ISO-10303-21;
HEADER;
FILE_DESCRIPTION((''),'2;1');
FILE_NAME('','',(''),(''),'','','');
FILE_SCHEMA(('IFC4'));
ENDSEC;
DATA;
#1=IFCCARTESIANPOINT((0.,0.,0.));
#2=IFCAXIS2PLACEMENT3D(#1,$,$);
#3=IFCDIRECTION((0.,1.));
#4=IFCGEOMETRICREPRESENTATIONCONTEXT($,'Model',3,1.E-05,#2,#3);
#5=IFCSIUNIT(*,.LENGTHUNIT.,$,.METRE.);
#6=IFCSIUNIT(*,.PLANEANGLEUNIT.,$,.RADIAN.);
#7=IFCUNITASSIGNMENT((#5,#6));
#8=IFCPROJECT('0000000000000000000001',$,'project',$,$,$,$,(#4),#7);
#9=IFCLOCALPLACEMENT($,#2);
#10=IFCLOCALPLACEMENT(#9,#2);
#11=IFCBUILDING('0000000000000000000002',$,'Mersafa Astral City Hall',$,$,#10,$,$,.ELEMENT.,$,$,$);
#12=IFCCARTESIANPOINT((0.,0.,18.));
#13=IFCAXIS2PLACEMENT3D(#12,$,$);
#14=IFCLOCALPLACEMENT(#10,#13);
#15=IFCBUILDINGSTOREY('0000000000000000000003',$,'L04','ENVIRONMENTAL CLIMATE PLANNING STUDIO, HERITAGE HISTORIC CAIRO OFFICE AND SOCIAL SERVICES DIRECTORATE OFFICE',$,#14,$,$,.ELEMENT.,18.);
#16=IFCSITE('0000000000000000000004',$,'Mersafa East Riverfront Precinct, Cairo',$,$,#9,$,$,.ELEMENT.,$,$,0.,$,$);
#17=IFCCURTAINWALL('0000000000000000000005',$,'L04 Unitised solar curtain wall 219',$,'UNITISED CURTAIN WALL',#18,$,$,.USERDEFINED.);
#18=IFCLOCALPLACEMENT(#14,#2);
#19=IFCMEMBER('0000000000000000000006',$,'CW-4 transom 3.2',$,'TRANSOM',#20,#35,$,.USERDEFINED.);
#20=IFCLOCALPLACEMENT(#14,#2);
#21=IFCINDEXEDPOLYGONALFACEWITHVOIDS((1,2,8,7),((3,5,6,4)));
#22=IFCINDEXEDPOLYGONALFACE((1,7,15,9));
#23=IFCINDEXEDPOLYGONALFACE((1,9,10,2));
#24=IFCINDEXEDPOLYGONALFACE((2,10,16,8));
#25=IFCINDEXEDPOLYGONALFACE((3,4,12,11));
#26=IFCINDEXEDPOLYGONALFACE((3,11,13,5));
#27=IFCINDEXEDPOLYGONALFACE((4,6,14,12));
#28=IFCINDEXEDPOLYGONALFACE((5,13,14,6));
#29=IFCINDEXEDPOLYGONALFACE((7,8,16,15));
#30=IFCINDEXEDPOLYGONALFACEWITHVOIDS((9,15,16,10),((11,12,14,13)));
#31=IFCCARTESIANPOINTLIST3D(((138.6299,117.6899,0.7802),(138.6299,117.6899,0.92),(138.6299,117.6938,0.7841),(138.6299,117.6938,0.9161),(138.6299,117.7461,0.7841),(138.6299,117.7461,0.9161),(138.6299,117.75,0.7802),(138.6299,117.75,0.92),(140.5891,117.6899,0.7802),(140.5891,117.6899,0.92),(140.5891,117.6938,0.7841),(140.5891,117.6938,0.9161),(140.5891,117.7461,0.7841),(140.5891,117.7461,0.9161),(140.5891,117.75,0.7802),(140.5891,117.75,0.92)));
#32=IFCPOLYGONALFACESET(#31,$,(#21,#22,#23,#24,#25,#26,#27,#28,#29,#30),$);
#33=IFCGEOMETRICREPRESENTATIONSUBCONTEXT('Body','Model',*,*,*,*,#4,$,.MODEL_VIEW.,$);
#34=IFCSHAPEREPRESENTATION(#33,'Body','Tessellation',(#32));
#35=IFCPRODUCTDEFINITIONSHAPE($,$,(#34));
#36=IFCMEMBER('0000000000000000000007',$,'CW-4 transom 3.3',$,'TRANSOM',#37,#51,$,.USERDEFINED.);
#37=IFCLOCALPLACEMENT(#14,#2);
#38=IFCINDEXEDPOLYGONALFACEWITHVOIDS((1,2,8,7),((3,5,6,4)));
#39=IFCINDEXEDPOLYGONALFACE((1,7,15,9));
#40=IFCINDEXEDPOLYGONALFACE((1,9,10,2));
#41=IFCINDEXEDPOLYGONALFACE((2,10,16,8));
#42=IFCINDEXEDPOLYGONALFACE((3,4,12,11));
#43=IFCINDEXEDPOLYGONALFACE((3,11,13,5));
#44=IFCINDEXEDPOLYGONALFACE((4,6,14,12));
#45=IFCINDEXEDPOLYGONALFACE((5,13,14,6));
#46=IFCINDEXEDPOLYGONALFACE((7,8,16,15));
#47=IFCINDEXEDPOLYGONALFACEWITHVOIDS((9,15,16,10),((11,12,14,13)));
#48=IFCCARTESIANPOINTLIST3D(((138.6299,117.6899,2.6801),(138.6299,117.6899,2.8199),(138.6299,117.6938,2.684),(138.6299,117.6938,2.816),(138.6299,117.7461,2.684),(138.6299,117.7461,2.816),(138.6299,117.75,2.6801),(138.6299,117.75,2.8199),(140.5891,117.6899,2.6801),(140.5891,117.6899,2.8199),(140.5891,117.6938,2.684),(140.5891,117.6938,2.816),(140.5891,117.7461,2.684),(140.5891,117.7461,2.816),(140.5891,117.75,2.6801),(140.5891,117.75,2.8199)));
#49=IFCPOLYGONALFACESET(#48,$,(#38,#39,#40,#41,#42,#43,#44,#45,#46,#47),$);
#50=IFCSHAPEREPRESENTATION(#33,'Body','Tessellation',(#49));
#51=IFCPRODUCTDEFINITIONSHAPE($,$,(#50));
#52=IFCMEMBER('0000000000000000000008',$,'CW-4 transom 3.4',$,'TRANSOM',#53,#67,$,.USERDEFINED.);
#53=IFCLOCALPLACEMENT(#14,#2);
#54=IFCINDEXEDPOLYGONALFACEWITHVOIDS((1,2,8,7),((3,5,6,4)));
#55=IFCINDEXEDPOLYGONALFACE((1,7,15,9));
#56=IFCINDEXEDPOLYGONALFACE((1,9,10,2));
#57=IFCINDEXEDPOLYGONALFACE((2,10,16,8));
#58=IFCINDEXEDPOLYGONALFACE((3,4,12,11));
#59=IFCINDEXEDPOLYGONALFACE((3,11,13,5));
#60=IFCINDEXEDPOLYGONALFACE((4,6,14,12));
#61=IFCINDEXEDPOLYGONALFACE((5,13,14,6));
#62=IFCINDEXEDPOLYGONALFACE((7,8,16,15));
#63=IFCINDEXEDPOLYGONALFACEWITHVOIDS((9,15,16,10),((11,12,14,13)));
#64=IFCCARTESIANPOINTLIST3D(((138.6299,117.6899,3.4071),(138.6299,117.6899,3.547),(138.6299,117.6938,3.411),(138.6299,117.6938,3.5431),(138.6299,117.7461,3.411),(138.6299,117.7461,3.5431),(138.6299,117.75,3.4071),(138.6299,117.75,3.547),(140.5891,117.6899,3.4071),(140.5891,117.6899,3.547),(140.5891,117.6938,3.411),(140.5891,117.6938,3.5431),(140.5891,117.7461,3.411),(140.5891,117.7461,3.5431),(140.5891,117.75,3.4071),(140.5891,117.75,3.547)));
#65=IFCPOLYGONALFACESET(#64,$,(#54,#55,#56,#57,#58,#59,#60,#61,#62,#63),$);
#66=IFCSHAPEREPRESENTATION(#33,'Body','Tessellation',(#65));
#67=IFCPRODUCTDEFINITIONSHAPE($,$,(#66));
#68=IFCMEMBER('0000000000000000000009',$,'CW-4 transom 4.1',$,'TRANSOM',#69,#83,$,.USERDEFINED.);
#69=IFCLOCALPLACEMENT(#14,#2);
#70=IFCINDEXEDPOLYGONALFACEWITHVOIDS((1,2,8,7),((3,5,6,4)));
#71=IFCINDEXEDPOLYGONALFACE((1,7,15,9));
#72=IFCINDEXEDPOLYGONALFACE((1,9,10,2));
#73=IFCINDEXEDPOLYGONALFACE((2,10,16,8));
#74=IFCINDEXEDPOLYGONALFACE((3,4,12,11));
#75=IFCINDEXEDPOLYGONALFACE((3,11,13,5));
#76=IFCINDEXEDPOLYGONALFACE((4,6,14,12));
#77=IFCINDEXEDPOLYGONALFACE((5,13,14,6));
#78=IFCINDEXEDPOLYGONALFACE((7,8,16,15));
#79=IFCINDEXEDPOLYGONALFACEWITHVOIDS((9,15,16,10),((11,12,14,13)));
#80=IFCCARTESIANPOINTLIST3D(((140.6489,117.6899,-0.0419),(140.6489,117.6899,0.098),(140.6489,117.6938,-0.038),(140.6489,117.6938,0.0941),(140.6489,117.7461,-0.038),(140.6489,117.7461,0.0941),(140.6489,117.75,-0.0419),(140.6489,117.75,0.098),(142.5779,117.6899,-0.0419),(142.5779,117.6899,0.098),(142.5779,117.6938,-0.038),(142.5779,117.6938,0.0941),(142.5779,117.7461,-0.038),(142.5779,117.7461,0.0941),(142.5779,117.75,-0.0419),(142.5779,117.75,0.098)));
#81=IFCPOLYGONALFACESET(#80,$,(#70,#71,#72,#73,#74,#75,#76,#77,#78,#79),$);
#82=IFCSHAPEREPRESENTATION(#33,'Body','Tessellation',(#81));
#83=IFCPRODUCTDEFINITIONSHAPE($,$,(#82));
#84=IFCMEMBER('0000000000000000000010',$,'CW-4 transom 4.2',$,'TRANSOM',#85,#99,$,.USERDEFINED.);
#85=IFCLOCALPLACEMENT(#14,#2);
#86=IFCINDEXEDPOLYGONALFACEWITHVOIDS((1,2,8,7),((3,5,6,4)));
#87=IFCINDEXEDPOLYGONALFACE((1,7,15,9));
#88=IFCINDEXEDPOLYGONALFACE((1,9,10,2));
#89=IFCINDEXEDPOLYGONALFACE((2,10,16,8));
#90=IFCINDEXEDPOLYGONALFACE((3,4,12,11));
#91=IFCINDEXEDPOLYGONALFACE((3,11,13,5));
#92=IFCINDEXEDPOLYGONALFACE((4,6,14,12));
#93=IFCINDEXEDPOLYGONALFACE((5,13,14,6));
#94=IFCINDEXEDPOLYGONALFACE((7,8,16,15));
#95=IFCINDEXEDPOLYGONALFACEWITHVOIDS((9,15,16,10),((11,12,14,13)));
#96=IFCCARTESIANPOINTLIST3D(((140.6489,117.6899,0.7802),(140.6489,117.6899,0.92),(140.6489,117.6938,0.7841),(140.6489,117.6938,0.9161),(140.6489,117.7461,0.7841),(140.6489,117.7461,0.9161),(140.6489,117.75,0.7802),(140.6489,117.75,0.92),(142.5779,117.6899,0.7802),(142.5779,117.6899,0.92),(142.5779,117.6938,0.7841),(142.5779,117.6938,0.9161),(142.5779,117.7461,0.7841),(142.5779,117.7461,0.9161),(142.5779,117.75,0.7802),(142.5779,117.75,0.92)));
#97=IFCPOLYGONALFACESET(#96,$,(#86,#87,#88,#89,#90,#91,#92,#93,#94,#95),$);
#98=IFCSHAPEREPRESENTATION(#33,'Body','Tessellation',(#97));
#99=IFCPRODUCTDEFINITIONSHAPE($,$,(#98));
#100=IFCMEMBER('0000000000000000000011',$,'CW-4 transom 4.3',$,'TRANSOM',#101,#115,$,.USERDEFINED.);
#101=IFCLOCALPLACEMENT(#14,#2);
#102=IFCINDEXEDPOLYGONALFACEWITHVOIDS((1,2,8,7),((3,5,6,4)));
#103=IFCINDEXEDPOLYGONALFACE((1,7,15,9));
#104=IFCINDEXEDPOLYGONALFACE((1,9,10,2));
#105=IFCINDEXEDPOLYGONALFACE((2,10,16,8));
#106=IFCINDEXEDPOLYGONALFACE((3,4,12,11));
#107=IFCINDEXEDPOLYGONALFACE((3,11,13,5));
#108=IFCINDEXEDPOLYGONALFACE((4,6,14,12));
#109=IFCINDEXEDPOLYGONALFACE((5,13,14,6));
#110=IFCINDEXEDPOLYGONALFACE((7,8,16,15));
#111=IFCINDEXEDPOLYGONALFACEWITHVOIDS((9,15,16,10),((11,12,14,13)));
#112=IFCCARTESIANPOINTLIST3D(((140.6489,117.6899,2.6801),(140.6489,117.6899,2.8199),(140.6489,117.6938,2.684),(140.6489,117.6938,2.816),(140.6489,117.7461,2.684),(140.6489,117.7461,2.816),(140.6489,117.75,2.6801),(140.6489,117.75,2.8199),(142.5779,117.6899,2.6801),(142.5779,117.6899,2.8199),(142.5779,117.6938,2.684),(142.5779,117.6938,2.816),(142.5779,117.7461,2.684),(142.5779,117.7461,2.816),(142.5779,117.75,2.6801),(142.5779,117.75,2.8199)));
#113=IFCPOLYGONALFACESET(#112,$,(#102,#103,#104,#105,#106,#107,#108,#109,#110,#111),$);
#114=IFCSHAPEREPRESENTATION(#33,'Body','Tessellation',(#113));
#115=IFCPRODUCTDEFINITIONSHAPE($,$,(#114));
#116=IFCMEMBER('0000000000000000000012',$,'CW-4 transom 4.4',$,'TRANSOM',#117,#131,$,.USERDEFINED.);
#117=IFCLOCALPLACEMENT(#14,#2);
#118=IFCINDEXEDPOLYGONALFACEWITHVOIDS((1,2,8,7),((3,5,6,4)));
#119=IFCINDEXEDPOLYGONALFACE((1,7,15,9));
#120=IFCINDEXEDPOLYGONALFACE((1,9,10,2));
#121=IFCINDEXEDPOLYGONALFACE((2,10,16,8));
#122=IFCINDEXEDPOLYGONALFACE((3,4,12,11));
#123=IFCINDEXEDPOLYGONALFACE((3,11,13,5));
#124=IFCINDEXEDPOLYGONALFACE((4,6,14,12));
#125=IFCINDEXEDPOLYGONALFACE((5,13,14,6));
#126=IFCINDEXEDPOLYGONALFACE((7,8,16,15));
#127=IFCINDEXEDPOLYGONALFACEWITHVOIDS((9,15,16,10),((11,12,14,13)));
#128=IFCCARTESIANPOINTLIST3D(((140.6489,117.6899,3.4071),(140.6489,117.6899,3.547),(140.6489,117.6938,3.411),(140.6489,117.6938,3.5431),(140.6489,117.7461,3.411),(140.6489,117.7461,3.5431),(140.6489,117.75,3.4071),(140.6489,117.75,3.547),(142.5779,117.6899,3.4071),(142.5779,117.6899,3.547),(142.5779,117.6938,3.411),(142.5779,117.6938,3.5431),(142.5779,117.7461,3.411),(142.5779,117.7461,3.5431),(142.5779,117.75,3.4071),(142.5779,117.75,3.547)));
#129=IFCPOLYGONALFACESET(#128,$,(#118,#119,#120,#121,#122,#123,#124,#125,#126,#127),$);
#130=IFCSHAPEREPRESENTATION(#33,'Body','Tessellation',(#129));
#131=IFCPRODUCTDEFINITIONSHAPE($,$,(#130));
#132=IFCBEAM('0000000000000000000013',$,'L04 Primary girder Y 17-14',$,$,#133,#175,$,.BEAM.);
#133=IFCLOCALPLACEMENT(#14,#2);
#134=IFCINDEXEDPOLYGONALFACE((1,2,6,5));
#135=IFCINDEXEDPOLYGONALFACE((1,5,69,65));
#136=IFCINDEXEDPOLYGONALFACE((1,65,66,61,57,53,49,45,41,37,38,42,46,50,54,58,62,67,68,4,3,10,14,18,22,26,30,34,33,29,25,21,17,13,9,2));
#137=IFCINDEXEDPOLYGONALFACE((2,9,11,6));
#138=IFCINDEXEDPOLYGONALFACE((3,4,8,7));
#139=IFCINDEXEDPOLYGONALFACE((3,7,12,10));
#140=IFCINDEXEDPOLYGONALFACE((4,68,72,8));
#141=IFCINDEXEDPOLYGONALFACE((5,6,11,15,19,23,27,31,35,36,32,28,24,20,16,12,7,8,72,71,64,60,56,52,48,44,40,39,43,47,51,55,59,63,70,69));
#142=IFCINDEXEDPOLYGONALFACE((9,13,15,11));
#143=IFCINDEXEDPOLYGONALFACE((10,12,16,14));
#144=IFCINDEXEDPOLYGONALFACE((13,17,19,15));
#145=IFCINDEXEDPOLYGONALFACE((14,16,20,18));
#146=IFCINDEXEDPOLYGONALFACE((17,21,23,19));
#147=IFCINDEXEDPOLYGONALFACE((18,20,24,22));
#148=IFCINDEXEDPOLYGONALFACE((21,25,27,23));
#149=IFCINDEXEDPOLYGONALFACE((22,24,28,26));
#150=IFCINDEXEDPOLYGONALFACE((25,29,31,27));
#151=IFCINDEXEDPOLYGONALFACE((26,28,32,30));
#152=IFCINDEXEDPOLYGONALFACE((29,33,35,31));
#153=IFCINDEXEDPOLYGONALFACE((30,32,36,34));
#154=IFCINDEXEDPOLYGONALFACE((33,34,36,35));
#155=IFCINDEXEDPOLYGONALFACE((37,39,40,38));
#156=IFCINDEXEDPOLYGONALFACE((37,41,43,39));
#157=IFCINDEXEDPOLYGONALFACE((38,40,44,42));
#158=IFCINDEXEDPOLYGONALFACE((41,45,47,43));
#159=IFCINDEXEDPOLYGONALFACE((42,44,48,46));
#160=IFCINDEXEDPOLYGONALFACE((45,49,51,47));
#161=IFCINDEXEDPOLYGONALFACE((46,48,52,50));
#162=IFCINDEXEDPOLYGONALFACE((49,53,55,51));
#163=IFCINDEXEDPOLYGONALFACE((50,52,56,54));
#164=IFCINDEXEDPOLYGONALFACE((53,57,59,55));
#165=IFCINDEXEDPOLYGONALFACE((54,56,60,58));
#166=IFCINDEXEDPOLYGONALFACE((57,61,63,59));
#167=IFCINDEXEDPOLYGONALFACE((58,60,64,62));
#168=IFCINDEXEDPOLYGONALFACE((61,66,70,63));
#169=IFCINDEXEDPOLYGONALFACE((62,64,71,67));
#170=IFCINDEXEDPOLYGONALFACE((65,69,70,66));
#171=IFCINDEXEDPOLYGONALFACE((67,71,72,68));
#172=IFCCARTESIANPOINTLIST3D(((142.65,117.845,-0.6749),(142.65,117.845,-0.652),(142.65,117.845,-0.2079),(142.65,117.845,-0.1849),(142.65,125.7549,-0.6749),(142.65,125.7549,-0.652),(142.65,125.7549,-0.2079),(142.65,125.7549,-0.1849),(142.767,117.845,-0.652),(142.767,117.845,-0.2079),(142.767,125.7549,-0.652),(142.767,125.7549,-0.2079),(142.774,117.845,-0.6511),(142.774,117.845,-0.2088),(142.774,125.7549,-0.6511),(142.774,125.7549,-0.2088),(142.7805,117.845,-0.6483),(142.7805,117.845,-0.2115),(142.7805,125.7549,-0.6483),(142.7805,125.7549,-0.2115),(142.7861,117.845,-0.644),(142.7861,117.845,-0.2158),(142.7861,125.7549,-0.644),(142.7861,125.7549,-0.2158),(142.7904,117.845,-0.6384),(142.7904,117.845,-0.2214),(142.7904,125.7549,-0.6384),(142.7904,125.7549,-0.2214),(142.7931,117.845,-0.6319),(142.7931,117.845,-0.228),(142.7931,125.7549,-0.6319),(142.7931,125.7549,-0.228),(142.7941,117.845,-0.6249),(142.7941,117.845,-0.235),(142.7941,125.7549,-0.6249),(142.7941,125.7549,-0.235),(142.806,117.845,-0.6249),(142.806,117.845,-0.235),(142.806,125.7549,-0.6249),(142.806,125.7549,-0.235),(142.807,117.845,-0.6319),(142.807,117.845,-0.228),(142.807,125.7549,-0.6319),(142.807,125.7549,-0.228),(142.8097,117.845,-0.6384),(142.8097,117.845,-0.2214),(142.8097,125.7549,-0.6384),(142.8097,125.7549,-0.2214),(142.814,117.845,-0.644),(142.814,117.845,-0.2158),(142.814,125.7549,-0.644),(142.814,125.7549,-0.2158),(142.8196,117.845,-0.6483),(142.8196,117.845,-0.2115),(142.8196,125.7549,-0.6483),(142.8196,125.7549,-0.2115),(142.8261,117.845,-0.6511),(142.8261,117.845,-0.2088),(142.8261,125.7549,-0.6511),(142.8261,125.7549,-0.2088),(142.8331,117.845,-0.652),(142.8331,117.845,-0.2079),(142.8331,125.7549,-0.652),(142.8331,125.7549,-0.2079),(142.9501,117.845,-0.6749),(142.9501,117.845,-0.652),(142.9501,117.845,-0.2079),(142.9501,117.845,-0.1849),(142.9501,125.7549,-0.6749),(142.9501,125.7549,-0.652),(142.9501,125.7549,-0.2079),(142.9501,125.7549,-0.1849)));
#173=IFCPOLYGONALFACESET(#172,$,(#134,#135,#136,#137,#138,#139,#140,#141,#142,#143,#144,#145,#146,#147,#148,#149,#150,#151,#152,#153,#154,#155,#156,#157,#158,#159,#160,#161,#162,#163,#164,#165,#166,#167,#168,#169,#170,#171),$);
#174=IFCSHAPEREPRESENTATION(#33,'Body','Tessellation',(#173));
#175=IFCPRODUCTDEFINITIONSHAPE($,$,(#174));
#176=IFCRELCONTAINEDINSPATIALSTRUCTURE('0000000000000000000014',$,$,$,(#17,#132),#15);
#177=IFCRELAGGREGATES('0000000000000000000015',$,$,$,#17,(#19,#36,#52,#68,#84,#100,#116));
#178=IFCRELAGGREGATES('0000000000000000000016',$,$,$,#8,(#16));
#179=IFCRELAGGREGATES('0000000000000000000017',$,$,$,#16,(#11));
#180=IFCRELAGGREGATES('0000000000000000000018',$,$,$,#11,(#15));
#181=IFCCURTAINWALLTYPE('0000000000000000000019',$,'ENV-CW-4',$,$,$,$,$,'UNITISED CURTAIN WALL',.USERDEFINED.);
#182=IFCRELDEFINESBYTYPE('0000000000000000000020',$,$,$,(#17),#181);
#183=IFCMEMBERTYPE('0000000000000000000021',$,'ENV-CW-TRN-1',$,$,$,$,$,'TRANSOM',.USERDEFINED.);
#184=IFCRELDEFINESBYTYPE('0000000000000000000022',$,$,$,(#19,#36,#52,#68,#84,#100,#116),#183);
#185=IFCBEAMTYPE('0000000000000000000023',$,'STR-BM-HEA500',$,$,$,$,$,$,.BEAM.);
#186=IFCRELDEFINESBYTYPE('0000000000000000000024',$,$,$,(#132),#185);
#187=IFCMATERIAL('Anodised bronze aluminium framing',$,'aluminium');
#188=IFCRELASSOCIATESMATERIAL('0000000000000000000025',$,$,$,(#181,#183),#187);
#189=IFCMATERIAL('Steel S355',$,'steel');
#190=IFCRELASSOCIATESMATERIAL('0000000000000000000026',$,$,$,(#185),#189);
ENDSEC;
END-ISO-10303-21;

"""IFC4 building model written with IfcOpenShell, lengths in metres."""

from ifc_helpers import new_model, si_unit, direction, frame, origin, origin_2d, place, context, subcontext, project, spatial, hollow_rectangle, i_section, extrude, material, material_profile, profile_set, type_object, element, aggregate, save


model = new_model("IFC4")

# Units and contexts
model_context = context("Model", 3, precision=1e-05, world=origin(), true_north=direction((0.0, 1.0)))
body_context = subcontext(model_context, "Body", "Model", "MODEL_VIEW")
ifc_project = project(units=[si_unit("LENGTHUNIT", "METRE"), si_unit("PLANEANGLEUNIT", "RADIAN")], contexts=[model_context])

# Site, building, storey
site_placement = place(None, origin())
site = spatial("IfcSite", under=ifc_project, at=site_placement, Name="Mersafa East Riverfront Precinct, Cairo", CompositionType="ELEMENT", RefElevation=0.0)
building_placement = place(site_placement, origin())
building = spatial("IfcBuilding", under=site, at=building_placement, Name="Mersafa Astral City Hall", CompositionType="ELEMENT")
storey_placement = place(building_placement, frame((0.0, 0.0, 18.0)))
storey = spatial("IfcBuildingStorey", under=building, at=storey_placement, Name="L04", Description="ENVIRONMENTAL CLIMATE PLANNING STUDIO, HERITAGE HISTORIC CAIRO OFFICE AND SOCIAL SERVICES DIRECTORATE OFFICE", CompositionType="ELEMENT", Elevation=18.0)

# Shared definitions
ifc_material_1 = material(Name="Steel S355", Category="steel")

# Curtain wall, members
ifc_material_2 = material(Name="Anodised bronze aluminium framing", Category="aluminium")
curtain_wall_type = type_object("IfcCurtainWallType", Name="ENV-CW-4", ElementType="UNITISED CURTAIN WALL", PredefinedType="USERDEFINED", material=ifc_material_2)
curtain_wall_placement = place(storey_placement, origin())
curtain_wall = element("IfcCurtainWall", 1, at=curtain_wall_placement, inside=storey, type_object=curtain_wall_type, Name="L04 Unitised solar curtain wall 219", ObjectType="UNITISED CURTAIN WALL", PredefinedType="USERDEFINED")
ifc_material_profile_1 = material_profile(ifc_material_2, hollow_rectangle(XDim=0.0601, YDim=0.1399, WallThickness=0.0039, at=origin_2d()), Name="RHS 60x140x4")
ifc_profile_set_1 = profile_set([ifc_material_profile_1], Name="Anodised bronze aluminium framing")
member_type_1 = type_object("IfcMemberType", Name="ENV-CW-TRN-1", ElementType="TRANSOM", PredefinedType="USERDEFINED", material=ifc_profile_set_1)
member_1_placement = place(storey_placement, frame((138.6299, 117.72, 0.8501), z_axis=(1.0, 0.0, 0.0), x_axis=(0.0, 1.0, 0.0)))
member_1 = element("IfcMember", 2, at=member_1_placement, type_object=member_type_1, Name="CW-4 transom 3.2", ObjectType="TRANSOM", PredefinedType="USERDEFINED", context=body_context, shape_type="SweptSolid", body=[
    extrude(hollow_rectangle(XDim=0.0601, YDim=0.1399, WallThickness=0.0039, at=origin_2d()), origin(), (0.0, 0.0, 1.0), 1.9592),
])
member_2_placement = place(storey_placement, frame((138.6299, 117.72, 2.75), z_axis=(1.0, 0.0, 0.0), x_axis=(0.0, 1.0, 0.0)))
member_2 = element("IfcMember", 3, at=member_2_placement, type_object=member_type_1, Name="CW-4 transom 3.3", ObjectType="TRANSOM", PredefinedType="USERDEFINED", context=body_context, shape_type="SweptSolid", body=[
    extrude(hollow_rectangle(XDim=0.0601, YDim=0.1399, WallThickness=0.0039, at=origin_2d()), origin(), (0.0, 0.0, 1.0), 1.9592),
])
member_3_placement = place(storey_placement, frame((138.6299, 117.72, 3.4771), z_axis=(1.0, 0.0, 0.0), x_axis=(0.0, 1.0, 0.0)))
member_3 = element("IfcMember", 4, at=member_3_placement, type_object=member_type_1, Name="CW-4 transom 3.4", ObjectType="TRANSOM", PredefinedType="USERDEFINED", context=body_context, shape_type="SweptSolid", body=[
    extrude(hollow_rectangle(XDim=0.0601, YDim=0.1399, WallThickness=0.0039, at=origin_2d()), origin(), (0.0, 0.0, 1.0), 1.9592),
])
member_4_placement = place(storey_placement, frame((140.6489, 117.72, 0.0281), z_axis=(1.0, 0.0, 0.0), x_axis=(0.0, 1.0, 0.0)))
member_4 = element("IfcMember", 5, at=member_4_placement, type_object=member_type_1, Name="CW-4 transom 4.1", ObjectType="TRANSOM", PredefinedType="USERDEFINED", context=body_context, shape_type="SweptSolid", body=[
    extrude(hollow_rectangle(XDim=0.0601, YDim=0.1399, WallThickness=0.0039, at=origin_2d()), origin(), (0.0, 0.0, 1.0), 1.929),
])
member_5_placement = place(storey_placement, frame((140.6489, 117.72, 0.8501), z_axis=(1.0, 0.0, 0.0), x_axis=(0.0, 1.0, 0.0)))
member_5 = element("IfcMember", 6, at=member_5_placement, type_object=member_type_1, Name="CW-4 transom 4.2", ObjectType="TRANSOM", PredefinedType="USERDEFINED", context=body_context, shape_type="SweptSolid", body=[
    extrude(hollow_rectangle(XDim=0.0601, YDim=0.1399, WallThickness=0.0039, at=origin_2d()), origin(), (0.0, 0.0, 1.0), 1.929),
])
member_6_placement = place(storey_placement, frame((140.6489, 117.72, 2.75), z_axis=(1.0, 0.0, 0.0), x_axis=(0.0, 1.0, 0.0)))
member_6 = element("IfcMember", 7, at=member_6_placement, type_object=member_type_1, Name="CW-4 transom 4.3", ObjectType="TRANSOM", PredefinedType="USERDEFINED", context=body_context, shape_type="SweptSolid", body=[
    extrude(hollow_rectangle(XDim=0.0601, YDim=0.1399, WallThickness=0.0039, at=origin_2d()), origin(), (0.0, 0.0, 1.0), 1.929),
])
member_7_placement = place(storey_placement, frame((140.6489, 117.72, 3.4771), z_axis=(1.0, 0.0, 0.0), x_axis=(0.0, 1.0, 0.0)))
member_7 = element("IfcMember", 8, at=member_7_placement, type_object=member_type_1, Name="CW-4 transom 4.4", ObjectType="TRANSOM", PredefinedType="USERDEFINED", context=body_context, shape_type="SweptSolid", body=[
    extrude(hollow_rectangle(XDim=0.0601, YDim=0.1399, WallThickness=0.0039, at=origin_2d()), origin(), (0.0, 0.0, 1.0), 1.929),
])

# Beam
ifc_material_profile_2 = material_profile(ifc_material_1, i_section(OverallWidth=0.3, OverallDepth=0.49, WebThickness=0.012, FlangeThickness=0.0229, FilletRadius=0.0271, at=origin_2d()), Name="HEA 500")
ifc_profile_set_2 = profile_set([ifc_material_profile_2], Name="Steel S355")
beam_type_1 = type_object("IfcBeamType", Name="STR-BM-HEA500", PredefinedType="BEAM", material=ifc_profile_set_2)
beam_1_placement = place(storey_placement, frame((142.8, 117.845, -0.4299), z_axis=(0.0, 1.0, 0.0), x_axis=(-1.0, 0.0, 0.0)))
element("IfcBeam", 9, at=beam_1_placement, inside=storey, type_object=beam_type_1, Name="L04 Primary girder Y 17-14", PredefinedType="BEAM", context=body_context, shape_type="SweptSolid", body=[
    extrude(i_section(OverallWidth=0.3, OverallDepth=0.49, WebThickness=0.012, FlangeThickness=0.0229, FilletRadius=0.0271, at=origin_2d()), origin(), (0.0, 0.0, 1.0), 7.9099),
])

aggregate(curtain_wall, [member_1, member_2, member_3, member_4, member_5, member_6, member_7])

save(model, "model.ifc")
